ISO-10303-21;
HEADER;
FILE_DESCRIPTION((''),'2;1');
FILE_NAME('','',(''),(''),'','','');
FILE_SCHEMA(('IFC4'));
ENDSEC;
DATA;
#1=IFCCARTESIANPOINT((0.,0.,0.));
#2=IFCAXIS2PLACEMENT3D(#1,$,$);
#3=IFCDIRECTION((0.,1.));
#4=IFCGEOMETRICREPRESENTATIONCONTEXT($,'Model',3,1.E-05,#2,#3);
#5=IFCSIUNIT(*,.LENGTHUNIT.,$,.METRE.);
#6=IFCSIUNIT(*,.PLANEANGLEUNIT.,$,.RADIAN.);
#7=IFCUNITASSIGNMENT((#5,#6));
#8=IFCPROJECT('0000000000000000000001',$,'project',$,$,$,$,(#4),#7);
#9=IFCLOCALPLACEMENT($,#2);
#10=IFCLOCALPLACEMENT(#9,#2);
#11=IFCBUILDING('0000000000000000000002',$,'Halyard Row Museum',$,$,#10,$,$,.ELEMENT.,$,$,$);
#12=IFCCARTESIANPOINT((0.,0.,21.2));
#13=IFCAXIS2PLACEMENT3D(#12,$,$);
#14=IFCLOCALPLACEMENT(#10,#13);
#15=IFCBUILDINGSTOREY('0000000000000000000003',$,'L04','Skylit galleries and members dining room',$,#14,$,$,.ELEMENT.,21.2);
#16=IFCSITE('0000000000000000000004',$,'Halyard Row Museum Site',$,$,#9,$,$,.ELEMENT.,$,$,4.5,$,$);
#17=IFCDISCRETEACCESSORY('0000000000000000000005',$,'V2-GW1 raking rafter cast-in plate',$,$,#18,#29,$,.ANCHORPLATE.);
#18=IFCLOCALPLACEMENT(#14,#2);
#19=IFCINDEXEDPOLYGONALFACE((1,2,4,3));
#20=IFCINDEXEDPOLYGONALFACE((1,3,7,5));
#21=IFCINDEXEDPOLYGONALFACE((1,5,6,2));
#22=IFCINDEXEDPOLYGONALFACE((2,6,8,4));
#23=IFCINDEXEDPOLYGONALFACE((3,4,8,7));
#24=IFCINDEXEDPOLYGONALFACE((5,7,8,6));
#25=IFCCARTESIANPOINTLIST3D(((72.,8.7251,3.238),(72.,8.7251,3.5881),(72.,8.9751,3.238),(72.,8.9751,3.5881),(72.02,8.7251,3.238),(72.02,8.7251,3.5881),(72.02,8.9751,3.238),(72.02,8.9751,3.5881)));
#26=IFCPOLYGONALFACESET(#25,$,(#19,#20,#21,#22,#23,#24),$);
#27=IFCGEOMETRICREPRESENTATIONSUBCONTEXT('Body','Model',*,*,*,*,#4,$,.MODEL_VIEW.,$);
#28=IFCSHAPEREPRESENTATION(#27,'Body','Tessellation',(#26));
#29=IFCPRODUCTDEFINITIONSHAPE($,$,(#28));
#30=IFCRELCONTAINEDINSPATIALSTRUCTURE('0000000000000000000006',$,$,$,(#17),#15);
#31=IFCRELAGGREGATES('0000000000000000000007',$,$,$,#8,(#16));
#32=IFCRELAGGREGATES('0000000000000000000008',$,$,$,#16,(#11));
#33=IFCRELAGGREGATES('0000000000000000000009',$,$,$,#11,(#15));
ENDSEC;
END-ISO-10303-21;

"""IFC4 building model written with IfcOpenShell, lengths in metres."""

from ifc_helpers import new_model, si_unit, direction, frame, origin, origin_2d, place, context, subcontext, project, spatial, rectangle, extrude, element, save


model = new_model("IFC4")

# Units and contexts
model_context = context("Model", 3, precision=1e-05, world=origin(), true_north=direction((0.0, 1.0)))
body_context = subcontext(model_context, "Body", "Model", "MODEL_VIEW")
ifc_project = project(units=[si_unit("LENGTHUNIT", "METRE"), si_unit("PLANEANGLEUNIT", "RADIAN")], contexts=[model_context])

# Site, building, storey
site_placement = place(None, origin())
site = spatial("IfcSite", under=ifc_project, at=site_placement, Name="Halyard Row Museum Site", CompositionType="ELEMENT", RefElevation=4.5)
building_placement = place(site_placement, origin())
building = spatial("IfcBuilding", under=site, at=building_placement, Name="Halyard Row Museum", CompositionType="ELEMENT")
storey_placement = place(building_placement, frame((0.0, 0.0, 21.2)))
storey = spatial("IfcBuildingStorey", under=building, at=storey_placement, Name="L04", Description="Skylit galleries and members dining room", CompositionType="ELEMENT", Elevation=21.2)

# Discrete accessory
discrete_accessory_placement = place(storey_placement, frame((72.0, 8.8501, 3.4131), z_axis=(1.0, 0.0, 0.0), x_axis=(0.0, 1.0, 0.0)))
element("IfcDiscreteAccessory", 1, at=discrete_accessory_placement, inside=storey, Name="V2-GW1 raking rafter cast-in plate", PredefinedType="ANCHORPLATE", context=body_context, shape_type="SweptSolid", body=[
    extrude(rectangle(XDim=0.25, YDim=0.3501, at=origin_2d()), origin(), (0.0, 0.0, 1.0), 0.02),
])

save(model, "model.ifc")
